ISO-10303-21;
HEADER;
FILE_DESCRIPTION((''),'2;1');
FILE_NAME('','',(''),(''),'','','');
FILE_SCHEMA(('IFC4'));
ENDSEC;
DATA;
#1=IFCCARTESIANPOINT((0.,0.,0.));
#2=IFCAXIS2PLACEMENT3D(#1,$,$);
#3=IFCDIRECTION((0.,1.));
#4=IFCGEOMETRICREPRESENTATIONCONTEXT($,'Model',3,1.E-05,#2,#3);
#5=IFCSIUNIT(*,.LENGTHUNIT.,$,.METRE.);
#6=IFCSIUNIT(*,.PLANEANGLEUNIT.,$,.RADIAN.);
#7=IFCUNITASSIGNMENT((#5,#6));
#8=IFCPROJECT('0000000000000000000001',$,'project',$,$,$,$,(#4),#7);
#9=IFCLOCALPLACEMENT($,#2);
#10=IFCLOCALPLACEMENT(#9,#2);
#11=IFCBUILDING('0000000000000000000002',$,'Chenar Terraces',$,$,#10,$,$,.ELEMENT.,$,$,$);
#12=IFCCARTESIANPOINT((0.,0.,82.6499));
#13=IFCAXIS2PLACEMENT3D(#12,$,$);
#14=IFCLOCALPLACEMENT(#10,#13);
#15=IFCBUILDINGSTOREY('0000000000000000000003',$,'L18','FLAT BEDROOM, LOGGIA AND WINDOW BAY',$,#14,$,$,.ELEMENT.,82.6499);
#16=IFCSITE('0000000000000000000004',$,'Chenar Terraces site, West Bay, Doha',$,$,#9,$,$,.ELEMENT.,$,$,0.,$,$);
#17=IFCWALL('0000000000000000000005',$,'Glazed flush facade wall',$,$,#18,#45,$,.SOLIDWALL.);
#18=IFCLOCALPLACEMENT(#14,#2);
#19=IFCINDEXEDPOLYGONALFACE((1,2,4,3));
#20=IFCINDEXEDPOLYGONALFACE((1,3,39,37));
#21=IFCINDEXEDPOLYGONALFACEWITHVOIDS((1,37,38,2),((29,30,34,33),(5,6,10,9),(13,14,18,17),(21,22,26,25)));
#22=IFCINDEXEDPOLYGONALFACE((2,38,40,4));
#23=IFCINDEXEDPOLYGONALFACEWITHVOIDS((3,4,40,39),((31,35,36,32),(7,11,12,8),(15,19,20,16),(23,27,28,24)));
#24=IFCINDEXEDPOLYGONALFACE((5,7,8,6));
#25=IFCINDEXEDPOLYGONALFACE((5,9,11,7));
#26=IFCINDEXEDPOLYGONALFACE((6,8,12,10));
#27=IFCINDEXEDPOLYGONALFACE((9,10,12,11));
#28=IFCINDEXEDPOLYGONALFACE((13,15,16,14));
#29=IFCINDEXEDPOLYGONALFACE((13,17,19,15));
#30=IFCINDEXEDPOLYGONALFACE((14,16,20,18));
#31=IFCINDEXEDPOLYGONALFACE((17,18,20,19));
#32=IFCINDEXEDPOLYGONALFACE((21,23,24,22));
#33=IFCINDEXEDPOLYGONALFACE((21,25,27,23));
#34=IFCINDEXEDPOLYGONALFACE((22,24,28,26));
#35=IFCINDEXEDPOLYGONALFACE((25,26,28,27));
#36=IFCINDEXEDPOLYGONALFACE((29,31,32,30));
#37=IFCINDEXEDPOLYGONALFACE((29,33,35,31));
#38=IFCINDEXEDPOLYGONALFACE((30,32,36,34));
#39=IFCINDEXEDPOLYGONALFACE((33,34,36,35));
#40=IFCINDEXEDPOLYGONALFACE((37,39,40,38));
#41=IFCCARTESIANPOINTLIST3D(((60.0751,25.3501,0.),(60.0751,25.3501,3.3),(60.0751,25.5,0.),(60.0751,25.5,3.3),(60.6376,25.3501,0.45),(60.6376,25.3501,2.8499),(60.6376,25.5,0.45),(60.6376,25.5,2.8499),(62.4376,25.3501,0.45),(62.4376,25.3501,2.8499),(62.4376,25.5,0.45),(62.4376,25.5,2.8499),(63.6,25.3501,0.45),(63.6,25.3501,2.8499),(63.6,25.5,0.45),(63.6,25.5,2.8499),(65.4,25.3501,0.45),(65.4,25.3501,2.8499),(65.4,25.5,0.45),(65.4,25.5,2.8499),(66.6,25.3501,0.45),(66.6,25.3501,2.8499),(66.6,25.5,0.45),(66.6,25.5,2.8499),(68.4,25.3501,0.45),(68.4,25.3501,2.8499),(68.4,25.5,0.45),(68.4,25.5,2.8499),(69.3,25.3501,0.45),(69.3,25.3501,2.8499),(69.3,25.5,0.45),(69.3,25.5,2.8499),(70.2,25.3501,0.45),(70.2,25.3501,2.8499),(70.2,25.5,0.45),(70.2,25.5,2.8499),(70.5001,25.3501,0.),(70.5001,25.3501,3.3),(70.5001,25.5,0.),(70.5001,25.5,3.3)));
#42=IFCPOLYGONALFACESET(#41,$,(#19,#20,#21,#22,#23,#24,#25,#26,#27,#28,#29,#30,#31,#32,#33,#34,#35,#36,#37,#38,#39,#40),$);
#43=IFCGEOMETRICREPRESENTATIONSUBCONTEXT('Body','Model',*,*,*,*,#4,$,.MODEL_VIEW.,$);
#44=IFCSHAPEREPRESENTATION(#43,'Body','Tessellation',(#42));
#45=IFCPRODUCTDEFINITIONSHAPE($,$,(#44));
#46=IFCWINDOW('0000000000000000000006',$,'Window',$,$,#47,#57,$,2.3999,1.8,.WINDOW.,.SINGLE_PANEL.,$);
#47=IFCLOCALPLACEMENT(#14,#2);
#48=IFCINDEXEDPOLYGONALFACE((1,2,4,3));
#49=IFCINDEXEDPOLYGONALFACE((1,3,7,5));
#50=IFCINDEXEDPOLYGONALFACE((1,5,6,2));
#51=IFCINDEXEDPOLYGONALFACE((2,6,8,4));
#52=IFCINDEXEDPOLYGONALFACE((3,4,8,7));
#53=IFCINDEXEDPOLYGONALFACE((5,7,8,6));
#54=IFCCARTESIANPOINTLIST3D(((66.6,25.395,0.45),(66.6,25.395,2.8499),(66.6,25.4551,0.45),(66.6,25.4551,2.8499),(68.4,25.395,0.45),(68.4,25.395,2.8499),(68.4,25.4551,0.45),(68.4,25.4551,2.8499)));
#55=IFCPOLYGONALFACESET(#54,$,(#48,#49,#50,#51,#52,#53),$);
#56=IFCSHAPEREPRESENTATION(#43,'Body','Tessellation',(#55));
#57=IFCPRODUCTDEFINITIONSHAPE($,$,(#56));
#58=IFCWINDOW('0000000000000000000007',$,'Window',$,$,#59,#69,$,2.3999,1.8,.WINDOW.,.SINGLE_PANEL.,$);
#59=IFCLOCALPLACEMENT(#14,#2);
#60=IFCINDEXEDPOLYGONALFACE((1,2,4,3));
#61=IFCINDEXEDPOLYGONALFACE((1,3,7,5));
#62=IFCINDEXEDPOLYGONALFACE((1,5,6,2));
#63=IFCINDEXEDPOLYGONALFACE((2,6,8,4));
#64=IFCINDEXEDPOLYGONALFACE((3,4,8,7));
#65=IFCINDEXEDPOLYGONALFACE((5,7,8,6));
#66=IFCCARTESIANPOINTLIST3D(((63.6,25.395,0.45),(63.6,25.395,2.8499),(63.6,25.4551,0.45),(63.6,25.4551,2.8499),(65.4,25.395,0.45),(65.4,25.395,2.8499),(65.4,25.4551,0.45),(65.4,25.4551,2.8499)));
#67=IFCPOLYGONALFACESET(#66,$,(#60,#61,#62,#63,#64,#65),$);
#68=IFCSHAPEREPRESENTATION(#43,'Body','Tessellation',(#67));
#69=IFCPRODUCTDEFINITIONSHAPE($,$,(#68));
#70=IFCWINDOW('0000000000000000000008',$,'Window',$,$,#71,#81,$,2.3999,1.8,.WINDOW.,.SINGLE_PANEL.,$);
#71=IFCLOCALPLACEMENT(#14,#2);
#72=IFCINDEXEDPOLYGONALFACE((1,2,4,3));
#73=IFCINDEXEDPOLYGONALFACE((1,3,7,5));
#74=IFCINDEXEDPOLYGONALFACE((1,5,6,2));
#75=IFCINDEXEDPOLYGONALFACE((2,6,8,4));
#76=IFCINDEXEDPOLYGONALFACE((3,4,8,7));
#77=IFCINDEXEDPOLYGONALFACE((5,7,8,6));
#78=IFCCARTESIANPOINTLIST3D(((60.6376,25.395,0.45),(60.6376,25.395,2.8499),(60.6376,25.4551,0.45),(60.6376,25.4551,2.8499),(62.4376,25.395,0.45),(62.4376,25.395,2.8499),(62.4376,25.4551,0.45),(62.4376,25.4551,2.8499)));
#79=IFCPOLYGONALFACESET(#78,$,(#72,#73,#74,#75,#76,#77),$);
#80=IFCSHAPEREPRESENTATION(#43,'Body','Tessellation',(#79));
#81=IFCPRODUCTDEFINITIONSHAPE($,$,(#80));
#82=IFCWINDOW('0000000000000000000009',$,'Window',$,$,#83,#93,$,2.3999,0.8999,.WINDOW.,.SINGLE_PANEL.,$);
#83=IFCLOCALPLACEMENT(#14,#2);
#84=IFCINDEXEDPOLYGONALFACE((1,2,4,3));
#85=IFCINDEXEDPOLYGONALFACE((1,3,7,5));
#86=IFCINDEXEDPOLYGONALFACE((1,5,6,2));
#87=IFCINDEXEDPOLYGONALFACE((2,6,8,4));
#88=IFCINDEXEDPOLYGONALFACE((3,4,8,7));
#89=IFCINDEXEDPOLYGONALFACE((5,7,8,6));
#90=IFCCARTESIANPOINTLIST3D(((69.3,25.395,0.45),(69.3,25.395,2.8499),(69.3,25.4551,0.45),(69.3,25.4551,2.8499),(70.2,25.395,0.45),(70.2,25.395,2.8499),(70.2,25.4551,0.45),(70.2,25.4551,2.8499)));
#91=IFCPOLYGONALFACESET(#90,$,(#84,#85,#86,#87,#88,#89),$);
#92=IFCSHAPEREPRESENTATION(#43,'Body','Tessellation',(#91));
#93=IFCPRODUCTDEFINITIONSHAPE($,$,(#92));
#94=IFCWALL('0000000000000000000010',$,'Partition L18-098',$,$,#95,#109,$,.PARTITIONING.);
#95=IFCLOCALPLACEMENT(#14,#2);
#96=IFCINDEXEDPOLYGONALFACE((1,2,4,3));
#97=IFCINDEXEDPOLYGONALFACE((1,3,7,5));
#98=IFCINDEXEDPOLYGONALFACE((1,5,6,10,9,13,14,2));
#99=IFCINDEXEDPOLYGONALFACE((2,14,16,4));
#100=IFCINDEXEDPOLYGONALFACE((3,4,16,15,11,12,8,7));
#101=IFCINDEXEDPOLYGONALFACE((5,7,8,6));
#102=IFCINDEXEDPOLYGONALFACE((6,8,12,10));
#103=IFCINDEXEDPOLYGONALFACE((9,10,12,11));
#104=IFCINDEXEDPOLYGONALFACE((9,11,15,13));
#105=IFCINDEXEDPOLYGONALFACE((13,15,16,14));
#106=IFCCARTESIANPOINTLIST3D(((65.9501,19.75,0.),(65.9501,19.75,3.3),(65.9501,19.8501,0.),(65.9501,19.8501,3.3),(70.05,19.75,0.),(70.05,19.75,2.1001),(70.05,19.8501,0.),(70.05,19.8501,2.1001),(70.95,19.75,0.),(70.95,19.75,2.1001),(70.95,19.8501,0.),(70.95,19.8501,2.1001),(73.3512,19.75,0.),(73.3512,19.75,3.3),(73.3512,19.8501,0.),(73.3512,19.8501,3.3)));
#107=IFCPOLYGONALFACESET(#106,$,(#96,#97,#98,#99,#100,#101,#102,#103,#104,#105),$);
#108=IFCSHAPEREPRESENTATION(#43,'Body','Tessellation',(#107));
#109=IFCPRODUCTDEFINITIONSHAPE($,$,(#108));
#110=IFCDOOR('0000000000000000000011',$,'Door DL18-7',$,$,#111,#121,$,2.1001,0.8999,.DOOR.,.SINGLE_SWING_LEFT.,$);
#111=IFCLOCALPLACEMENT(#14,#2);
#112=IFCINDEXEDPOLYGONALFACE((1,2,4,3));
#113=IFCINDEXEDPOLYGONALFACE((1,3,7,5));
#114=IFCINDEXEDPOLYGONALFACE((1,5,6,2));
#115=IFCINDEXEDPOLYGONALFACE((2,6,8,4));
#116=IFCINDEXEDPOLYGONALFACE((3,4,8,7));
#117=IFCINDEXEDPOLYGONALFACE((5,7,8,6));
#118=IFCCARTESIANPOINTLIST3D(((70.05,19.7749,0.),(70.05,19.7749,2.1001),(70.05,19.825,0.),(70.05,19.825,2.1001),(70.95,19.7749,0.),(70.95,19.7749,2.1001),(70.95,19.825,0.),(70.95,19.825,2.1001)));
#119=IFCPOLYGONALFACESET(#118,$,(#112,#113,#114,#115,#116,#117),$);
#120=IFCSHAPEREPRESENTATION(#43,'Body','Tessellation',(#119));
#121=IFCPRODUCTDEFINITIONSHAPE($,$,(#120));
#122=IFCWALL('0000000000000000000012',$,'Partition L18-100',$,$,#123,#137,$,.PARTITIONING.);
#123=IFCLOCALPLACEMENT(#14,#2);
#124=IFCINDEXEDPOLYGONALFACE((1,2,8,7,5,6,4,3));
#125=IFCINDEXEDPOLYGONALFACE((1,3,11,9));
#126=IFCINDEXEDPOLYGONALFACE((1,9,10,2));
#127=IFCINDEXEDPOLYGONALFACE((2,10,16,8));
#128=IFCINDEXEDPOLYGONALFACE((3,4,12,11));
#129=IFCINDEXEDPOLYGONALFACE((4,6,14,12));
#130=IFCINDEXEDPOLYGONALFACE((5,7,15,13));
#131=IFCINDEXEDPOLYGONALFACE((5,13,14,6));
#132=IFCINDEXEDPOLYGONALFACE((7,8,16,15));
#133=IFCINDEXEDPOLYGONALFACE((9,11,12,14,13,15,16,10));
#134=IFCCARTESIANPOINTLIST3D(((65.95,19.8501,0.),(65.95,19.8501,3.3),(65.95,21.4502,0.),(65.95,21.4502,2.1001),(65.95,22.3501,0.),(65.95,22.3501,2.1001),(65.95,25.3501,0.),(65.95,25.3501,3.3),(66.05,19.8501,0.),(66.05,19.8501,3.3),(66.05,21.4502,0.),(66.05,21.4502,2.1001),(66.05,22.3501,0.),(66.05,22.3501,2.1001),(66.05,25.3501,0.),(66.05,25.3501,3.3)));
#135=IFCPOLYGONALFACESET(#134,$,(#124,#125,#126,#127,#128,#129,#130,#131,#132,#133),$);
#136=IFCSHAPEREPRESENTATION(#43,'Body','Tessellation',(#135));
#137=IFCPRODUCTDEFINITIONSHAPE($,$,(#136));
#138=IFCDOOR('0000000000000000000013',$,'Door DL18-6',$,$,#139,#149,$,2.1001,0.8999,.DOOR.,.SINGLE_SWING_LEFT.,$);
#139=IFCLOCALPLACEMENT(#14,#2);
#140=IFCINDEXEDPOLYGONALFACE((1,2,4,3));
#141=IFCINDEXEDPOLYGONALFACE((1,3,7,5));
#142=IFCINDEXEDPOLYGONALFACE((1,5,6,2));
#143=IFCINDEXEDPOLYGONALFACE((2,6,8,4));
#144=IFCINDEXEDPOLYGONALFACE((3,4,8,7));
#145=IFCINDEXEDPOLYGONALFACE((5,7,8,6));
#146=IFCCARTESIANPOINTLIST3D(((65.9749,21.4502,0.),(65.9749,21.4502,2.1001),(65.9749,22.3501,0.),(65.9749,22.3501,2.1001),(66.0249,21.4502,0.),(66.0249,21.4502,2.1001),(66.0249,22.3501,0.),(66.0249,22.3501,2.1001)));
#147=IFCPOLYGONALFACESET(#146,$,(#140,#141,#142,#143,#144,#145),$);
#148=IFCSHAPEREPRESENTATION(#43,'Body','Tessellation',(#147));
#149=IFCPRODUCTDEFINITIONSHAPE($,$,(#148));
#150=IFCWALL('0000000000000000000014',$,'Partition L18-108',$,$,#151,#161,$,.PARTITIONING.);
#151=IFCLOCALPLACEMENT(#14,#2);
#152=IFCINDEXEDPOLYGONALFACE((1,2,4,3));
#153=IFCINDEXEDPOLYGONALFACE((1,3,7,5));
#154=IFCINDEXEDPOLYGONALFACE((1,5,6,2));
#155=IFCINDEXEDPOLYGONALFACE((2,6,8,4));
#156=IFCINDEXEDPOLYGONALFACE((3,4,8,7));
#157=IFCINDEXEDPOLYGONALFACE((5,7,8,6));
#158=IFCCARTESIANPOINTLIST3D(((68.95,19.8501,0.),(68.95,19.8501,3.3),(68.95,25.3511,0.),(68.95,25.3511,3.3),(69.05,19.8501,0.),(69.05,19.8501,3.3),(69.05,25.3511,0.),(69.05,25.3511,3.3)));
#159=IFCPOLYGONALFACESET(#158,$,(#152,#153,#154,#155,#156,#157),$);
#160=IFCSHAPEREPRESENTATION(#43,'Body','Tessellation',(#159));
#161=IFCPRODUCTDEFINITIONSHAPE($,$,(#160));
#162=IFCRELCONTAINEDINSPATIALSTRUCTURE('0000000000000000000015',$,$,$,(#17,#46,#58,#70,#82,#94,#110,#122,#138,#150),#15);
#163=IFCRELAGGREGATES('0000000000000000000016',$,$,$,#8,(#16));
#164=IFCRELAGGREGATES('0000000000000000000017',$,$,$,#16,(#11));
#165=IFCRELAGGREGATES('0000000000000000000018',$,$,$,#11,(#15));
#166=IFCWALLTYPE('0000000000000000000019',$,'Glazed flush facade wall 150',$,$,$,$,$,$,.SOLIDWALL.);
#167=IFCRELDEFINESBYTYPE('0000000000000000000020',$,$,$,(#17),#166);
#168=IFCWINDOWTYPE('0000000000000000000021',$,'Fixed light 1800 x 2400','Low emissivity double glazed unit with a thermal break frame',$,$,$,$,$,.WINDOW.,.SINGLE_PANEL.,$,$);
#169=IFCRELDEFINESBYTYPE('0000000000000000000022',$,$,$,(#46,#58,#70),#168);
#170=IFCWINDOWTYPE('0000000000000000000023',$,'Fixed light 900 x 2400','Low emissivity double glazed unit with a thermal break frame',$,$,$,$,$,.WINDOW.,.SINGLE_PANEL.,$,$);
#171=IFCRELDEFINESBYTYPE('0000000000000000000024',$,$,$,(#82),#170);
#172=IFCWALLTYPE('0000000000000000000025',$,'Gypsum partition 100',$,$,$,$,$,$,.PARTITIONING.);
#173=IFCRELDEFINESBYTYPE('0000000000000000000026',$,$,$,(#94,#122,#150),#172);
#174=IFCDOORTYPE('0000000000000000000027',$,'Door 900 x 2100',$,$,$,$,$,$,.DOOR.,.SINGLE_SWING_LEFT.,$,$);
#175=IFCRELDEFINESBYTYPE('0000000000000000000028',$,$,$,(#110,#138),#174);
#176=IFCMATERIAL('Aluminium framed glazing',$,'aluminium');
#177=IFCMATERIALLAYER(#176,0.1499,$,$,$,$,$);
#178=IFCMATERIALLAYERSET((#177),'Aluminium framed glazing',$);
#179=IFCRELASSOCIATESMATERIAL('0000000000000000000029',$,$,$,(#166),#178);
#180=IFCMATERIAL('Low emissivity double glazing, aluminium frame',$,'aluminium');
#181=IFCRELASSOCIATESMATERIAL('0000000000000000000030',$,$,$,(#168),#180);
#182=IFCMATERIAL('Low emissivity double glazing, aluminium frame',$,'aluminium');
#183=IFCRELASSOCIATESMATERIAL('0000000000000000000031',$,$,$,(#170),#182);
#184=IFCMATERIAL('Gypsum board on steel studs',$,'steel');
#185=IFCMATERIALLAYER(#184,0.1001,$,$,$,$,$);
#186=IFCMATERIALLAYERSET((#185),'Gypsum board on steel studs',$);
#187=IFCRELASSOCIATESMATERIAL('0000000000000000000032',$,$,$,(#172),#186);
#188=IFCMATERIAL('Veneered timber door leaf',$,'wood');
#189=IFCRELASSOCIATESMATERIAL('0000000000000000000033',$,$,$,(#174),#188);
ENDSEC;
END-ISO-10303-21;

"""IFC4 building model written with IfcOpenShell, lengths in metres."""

from ifc_helpers import new_model, si_unit, direction, frame, frame_2d, origin, place, context, subcontext, project, spatial, rectangle, extrude, material, layer, layer_set, type_object, element, fill, save


model = new_model("IFC4")

# Units and contexts
model_context = context("Model", 3, precision=1e-05, world=origin(), true_north=direction((0.0, 1.0)))
body_context = subcontext(model_context, "Body", "Model", "MODEL_VIEW")
ifc_project = project(units=[si_unit("LENGTHUNIT", "METRE"), si_unit("PLANEANGLEUNIT", "RADIAN")], contexts=[model_context])

# Site, building, storey
site_placement = place(None, origin())
site = spatial("IfcSite", under=ifc_project, at=site_placement, Name="Chenar Terraces site, West Bay, Doha", CompositionType="ELEMENT", RefElevation=0.0)
building_placement = place(site_placement, origin())
building = spatial("IfcBuilding", under=site, at=building_placement, Name="Chenar Terraces", CompositionType="ELEMENT")
storey_placement = place(building_placement, frame((0.0, 0.0, 82.6499)))
storey = spatial("IfcBuildingStorey", under=building, at=storey_placement, Name="L18", Description="FLAT BEDROOM, LOGGIA AND WINDOW BAY", CompositionType="ELEMENT", Elevation=82.6499)

# Wall, openings, windows
ifc_material_1 = material(Name="Aluminium framed glazing", Category="aluminium")
ifc_layer_1 = layer(ifc_material_1, 0.1499)
ifc_layer_set_1 = layer_set([ifc_layer_1], Name="Aluminium framed glazing")
wall_type_1 = type_object("IfcWallType", Name="Glazed flush facade wall 150", PredefinedType="SOLIDWALL", material=ifc_layer_set_1)
wall_1_placement = place(storey_placement, frame((70.5, 25.425, 0.0), z_axis=(0.0, 0.0, 1.0), x_axis=(-1.0, 0.0, 0.0)))
wall_1 = element("IfcWall", 1, at=wall_1_placement, inside=storey, type_object=wall_type_1, Name="Glazed flush facade wall", PredefinedType="SOLIDWALL", context=body_context, shape_type="SweptSolid", body=[
    extrude(rectangle(XDim=10.425, YDim=0.1499, at=frame_2d((5.2124, 0.0))), origin(), (0.0, 0.0, 1.0), 3.3),
])
opening_1_placement = place(wall_1_placement, frame((0.3, 0.0, 0.45)))
opening_1 = element("IfcOpeningElement", 2, at=opening_1_placement, cuts=wall_1, PredefinedType="OPENING", context=body_context, shape_type="SweptSolid", body=[
    extrude(rectangle(XDim=0.8999, YDim=2.3999, at=frame_2d((0.45, 1.2))), frame((0.0, 0.085, 0.0), z_axis=(0.0, -1.0, 0.0), x_axis=(1.0, 0.0, 0.0)), (0.0, 0.0, 1.0), 0.1699),
])
opening_2_placement = place(wall_1_placement, frame((2.1001, 0.0, 0.45)))
opening_2 = element("IfcOpeningElement", 3, at=opening_2_placement, cuts=wall_1, PredefinedType="OPENING", context=body_context, shape_type="SweptSolid", body=[
    extrude(rectangle(XDim=1.8, YDim=2.3999, at=frame_2d((0.8999, 1.2))), frame((0.0, 0.085, 0.0), z_axis=(0.0, -1.0, 0.0), x_axis=(1.0, 0.0, 0.0)), (0.0, 0.0, 1.0), 0.1699),
])
opening_3_placement = place(wall_1_placement, frame((5.1001, 0.0, 0.45)))
opening_3 = element("IfcOpeningElement", 4, at=opening_3_placement, cuts=wall_1, PredefinedType="OPENING", context=body_context, shape_type="SweptSolid", body=[
    extrude(rectangle(XDim=1.8, YDim=2.3999, at=frame_2d((0.8999, 1.2))), frame((0.0, 0.085, 0.0), z_axis=(0.0, -1.0, 0.0), x_axis=(1.0, 0.0, 0.0)), (0.0, 0.0, 1.0), 0.1699),
])
opening_4_placement = place(wall_1_placement, frame((8.0625, 0.0, 0.45)))
opening_4 = element("IfcOpeningElement", 5, at=opening_4_placement, cuts=wall_1, PredefinedType="OPENING", context=body_context, shape_type="SweptSolid", body=[
    extrude(rectangle(XDim=1.8, YDim=2.3999, at=frame_2d((0.8999, 1.2))), frame((0.0, 0.085, 0.0), z_axis=(0.0, -1.0, 0.0), x_axis=(1.0, 0.0, 0.0)), (0.0, 0.0, 1.0), 0.1699),
])
ifc_material_2 = material(Name="Low emissivity double glazing, aluminium frame", Category="aluminium")
window_type_1 = type_object("IfcWindowType", Name="Fixed light 1800 x 2400", Description="Low emissivity double glazed unit with a thermal break frame", PartitioningType="SINGLE_PANEL", PredefinedType="WINDOW", material=ifc_material_2)
window_1_placement = place(opening_2_placement, origin())
window_1 = element("IfcWindow", 6, at=window_1_placement, inside=storey, type_object=window_type_1, Name="Window", OverallHeight=2.3999, OverallWidth=1.8, PartitioningType="SINGLE_PANEL", PredefinedType="WINDOW", context=body_context, shape_type="SweptSolid", body=[
    extrude(rectangle(XDim=1.8, YDim=2.3999, at=frame_2d((0.8999, 1.2))), frame((0.0, 0.03, 0.0), z_axis=(0.0, -1.0, 0.0), x_axis=(1.0, 0.0, 0.0)), (0.0, 0.0, 1.0), 0.0601),
])
fill(opening_2, window_1)
window_2_placement = place(opening_3_placement, origin())
window_2 = element("IfcWindow", 7, at=window_2_placement, inside=storey, type_object=window_type_1, Name="Window", OverallHeight=2.3999, OverallWidth=1.8, PartitioningType="SINGLE_PANEL", PredefinedType="WINDOW", context=body_context, shape_type="SweptSolid", body=[
    extrude(rectangle(XDim=1.8, YDim=2.3999, at=frame_2d((0.8999, 1.2))), frame((0.0, 0.03, 0.0), z_axis=(0.0, -1.0, 0.0), x_axis=(1.0, 0.0, 0.0)), (0.0, 0.0, 1.0), 0.0601),
])
fill(opening_3, window_2)
window_3_placement = place(opening_4_placement, origin())
window_3 = element("IfcWindow", 8, at=window_3_placement, inside=storey, type_object=window_type_1, Name="Window", OverallHeight=2.3999, OverallWidth=1.8, PartitioningType="SINGLE_PANEL", PredefinedType="WINDOW", context=body_context, shape_type="SweptSolid", body=[
    extrude(rectangle(XDim=1.8, YDim=2.3999, at=frame_2d((0.8999, 1.2))), frame((0.0, 0.03, 0.0), z_axis=(0.0, -1.0, 0.0), x_axis=(1.0, 0.0, 0.0)), (0.0, 0.0, 1.0), 0.0601),
])
fill(opening_4, window_3)
ifc_material_3 = material(Name="Low emissivity double glazing, aluminium frame", Category="aluminium")
window_type_2 = type_object("IfcWindowType", Name="Fixed light 900 x 2400", Description="Low emissivity double glazed unit with a thermal break frame", PartitioningType="SINGLE_PANEL", PredefinedType="WINDOW", material=ifc_material_3)
window_4_placement = place(opening_1_placement, origin())
window_4 = element("IfcWindow", 9, at=window_4_placement, inside=storey, type_object=window_type_2, Name="Window", OverallHeight=2.3999, OverallWidth=0.8999, PartitioningType="SINGLE_PANEL", PredefinedType="WINDOW", context=body_context, shape_type="SweptSolid", body=[
    extrude(rectangle(XDim=0.8999, YDim=2.3999, at=frame_2d((0.45, 1.2))), frame((0.0, 0.03, 0.0), z_axis=(0.0, -1.0, 0.0), x_axis=(1.0, 0.0, 0.0)), (0.0, 0.0, 1.0), 0.0601),
])
fill(opening_1, window_4)

# Walls, openings, doors
ifc_material_4 = material(Name="Gypsum board on steel studs", Category="steel")
ifc_layer_2 = layer(ifc_material_4, 0.1001)
ifc_layer_set_2 = layer_set([ifc_layer_2], Name="Gypsum board on steel studs")
wall_type_2 = type_object("IfcWallType", Name="Gypsum partition 100", PredefinedType="PARTITIONING", material=ifc_layer_set_2)
wall_2_placement = place(storey_placement, frame((65.95, 19.8, 0.0), z_axis=(0.0, 0.0, 1.0), x_axis=(1.0, 0.0, 0.0)))
wall_2 = element("IfcWall", 10, at=wall_2_placement, inside=storey, type_object=wall_type_2, Name="Partition L18-098", PredefinedType="PARTITIONING", context=body_context, shape_type="SweptSolid", body=[
    extrude(rectangle(XDim=7.4011, YDim=0.1001, at=frame_2d((3.7007, 0.0))), origin(), (0.0, 0.0, 1.0), 3.3),
])
opening_5_placement = place(wall_2_placement, frame((4.1001, 0.0, 0.0)))
opening_5 = element("IfcOpeningElement", 11, at=opening_5_placement, cuts=wall_2, PredefinedType="OPENING", context=body_context, shape_type="SweptSolid", body=[
    extrude(rectangle(XDim=0.8999, YDim=2.1001, at=frame_2d((0.45, 1.05))), frame((0.0, 0.0601, 0.0), z_axis=(0.0, -1.0, 0.0), x_axis=(1.0, 0.0, 0.0)), (0.0, 0.0, 1.0), 0.1201),
])
ifc_material_5 = material(Name="Veneered timber door leaf", Category="wood")
door_type_1 = type_object("IfcDoorType", Name="Door 900 x 2100", OperationType="SINGLE_SWING_LEFT", PredefinedType="DOOR", material=ifc_material_5)
door_1_placement = place(opening_5_placement, origin())
door_1 = element("IfcDoor", 12, at=door_1_placement, inside=storey, type_object=door_type_1, Name="Door DL18-7", OperationType="SINGLE_SWING_LEFT", OverallHeight=2.1001, OverallWidth=0.8999, PredefinedType="DOOR", context=body_context, shape_type="SweptSolid", body=[
    extrude(rectangle(XDim=0.8999, YDim=2.1001, at=frame_2d((0.45, 1.05))), frame((0.0, 0.0249, 0.0), z_axis=(0.0, -1.0, 0.0), x_axis=(1.0, 0.0, 0.0)), (0.0, 0.0, 1.0), 0.05),
])
fill(opening_5, door_1)
wall_3_placement = place(storey_placement, frame((66.0, 19.8501, 0.0), z_axis=(0.0, 0.0, 1.0), x_axis=(0.0, 1.0, 0.0)))
wall_3 = element("IfcWall", 13, at=wall_3_placement, inside=storey, type_object=wall_type_2, Name="Partition L18-100", PredefinedType="PARTITIONING", context=body_context, shape_type="SweptSolid", body=[
    extrude(rectangle(XDim=5.5, YDim=0.1001, at=frame_2d((2.75, 0.0))), origin(), (0.0, 0.0, 1.0), 3.3),
])
opening_6_placement = place(wall_3_placement, frame((1.6001, 0.0, 0.0)))
opening_6 = element("IfcOpeningElement", 14, at=opening_6_placement, cuts=wall_3, PredefinedType="OPENING", context=body_context, shape_type="SweptSolid", body=[
    extrude(rectangle(XDim=0.8999, YDim=2.1001, at=frame_2d((0.45, 1.05))), frame((0.0, 0.0601, 0.0), z_axis=(0.0, -1.0, 0.0), x_axis=(1.0, 0.0, 0.0)), (0.0, 0.0, 1.0), 0.1201),
])
door_2_placement = place(opening_6_placement, frame((0.8999, 0.0, 0.0), z_axis=(0.0, 0.0, 1.0), x_axis=(-1.0, 0.0, 0.0)))
door_2 = element("IfcDoor", 15, at=door_2_placement, inside=storey, type_object=door_type_1, Name="Door DL18-6", OperationType="SINGLE_SWING_LEFT", OverallHeight=2.1001, OverallWidth=0.8999, PredefinedType="DOOR", context=body_context, shape_type="SweptSolid", body=[
    extrude(rectangle(XDim=0.8999, YDim=2.1001, at=frame_2d((0.45, 1.05))), frame((0.0, 0.0249, 0.0), z_axis=(0.0, -1.0, 0.0), x_axis=(1.0, 0.0, 0.0)), (0.0, 0.0, 1.0), 0.05),
])
fill(opening_6, door_2)

# Wall
wall_4_placement = place(storey_placement, frame((69.0, 19.8501, 0.0), z_axis=(0.0, 0.0, 1.0), x_axis=(0.0, 1.0, 0.0)))
element("IfcWall", 16, at=wall_4_placement, inside=storey, type_object=wall_type_2, Name="Partition L18-108", PredefinedType="PARTITIONING", context=body_context, shape_type="SweptSolid", body=[
    extrude(rectangle(XDim=5.501, YDim=0.1001, at=frame_2d((2.7505, 0.0))), origin(), (0.0, 0.0, 1.0), 3.3),
])

save(model, "model.ifc")
